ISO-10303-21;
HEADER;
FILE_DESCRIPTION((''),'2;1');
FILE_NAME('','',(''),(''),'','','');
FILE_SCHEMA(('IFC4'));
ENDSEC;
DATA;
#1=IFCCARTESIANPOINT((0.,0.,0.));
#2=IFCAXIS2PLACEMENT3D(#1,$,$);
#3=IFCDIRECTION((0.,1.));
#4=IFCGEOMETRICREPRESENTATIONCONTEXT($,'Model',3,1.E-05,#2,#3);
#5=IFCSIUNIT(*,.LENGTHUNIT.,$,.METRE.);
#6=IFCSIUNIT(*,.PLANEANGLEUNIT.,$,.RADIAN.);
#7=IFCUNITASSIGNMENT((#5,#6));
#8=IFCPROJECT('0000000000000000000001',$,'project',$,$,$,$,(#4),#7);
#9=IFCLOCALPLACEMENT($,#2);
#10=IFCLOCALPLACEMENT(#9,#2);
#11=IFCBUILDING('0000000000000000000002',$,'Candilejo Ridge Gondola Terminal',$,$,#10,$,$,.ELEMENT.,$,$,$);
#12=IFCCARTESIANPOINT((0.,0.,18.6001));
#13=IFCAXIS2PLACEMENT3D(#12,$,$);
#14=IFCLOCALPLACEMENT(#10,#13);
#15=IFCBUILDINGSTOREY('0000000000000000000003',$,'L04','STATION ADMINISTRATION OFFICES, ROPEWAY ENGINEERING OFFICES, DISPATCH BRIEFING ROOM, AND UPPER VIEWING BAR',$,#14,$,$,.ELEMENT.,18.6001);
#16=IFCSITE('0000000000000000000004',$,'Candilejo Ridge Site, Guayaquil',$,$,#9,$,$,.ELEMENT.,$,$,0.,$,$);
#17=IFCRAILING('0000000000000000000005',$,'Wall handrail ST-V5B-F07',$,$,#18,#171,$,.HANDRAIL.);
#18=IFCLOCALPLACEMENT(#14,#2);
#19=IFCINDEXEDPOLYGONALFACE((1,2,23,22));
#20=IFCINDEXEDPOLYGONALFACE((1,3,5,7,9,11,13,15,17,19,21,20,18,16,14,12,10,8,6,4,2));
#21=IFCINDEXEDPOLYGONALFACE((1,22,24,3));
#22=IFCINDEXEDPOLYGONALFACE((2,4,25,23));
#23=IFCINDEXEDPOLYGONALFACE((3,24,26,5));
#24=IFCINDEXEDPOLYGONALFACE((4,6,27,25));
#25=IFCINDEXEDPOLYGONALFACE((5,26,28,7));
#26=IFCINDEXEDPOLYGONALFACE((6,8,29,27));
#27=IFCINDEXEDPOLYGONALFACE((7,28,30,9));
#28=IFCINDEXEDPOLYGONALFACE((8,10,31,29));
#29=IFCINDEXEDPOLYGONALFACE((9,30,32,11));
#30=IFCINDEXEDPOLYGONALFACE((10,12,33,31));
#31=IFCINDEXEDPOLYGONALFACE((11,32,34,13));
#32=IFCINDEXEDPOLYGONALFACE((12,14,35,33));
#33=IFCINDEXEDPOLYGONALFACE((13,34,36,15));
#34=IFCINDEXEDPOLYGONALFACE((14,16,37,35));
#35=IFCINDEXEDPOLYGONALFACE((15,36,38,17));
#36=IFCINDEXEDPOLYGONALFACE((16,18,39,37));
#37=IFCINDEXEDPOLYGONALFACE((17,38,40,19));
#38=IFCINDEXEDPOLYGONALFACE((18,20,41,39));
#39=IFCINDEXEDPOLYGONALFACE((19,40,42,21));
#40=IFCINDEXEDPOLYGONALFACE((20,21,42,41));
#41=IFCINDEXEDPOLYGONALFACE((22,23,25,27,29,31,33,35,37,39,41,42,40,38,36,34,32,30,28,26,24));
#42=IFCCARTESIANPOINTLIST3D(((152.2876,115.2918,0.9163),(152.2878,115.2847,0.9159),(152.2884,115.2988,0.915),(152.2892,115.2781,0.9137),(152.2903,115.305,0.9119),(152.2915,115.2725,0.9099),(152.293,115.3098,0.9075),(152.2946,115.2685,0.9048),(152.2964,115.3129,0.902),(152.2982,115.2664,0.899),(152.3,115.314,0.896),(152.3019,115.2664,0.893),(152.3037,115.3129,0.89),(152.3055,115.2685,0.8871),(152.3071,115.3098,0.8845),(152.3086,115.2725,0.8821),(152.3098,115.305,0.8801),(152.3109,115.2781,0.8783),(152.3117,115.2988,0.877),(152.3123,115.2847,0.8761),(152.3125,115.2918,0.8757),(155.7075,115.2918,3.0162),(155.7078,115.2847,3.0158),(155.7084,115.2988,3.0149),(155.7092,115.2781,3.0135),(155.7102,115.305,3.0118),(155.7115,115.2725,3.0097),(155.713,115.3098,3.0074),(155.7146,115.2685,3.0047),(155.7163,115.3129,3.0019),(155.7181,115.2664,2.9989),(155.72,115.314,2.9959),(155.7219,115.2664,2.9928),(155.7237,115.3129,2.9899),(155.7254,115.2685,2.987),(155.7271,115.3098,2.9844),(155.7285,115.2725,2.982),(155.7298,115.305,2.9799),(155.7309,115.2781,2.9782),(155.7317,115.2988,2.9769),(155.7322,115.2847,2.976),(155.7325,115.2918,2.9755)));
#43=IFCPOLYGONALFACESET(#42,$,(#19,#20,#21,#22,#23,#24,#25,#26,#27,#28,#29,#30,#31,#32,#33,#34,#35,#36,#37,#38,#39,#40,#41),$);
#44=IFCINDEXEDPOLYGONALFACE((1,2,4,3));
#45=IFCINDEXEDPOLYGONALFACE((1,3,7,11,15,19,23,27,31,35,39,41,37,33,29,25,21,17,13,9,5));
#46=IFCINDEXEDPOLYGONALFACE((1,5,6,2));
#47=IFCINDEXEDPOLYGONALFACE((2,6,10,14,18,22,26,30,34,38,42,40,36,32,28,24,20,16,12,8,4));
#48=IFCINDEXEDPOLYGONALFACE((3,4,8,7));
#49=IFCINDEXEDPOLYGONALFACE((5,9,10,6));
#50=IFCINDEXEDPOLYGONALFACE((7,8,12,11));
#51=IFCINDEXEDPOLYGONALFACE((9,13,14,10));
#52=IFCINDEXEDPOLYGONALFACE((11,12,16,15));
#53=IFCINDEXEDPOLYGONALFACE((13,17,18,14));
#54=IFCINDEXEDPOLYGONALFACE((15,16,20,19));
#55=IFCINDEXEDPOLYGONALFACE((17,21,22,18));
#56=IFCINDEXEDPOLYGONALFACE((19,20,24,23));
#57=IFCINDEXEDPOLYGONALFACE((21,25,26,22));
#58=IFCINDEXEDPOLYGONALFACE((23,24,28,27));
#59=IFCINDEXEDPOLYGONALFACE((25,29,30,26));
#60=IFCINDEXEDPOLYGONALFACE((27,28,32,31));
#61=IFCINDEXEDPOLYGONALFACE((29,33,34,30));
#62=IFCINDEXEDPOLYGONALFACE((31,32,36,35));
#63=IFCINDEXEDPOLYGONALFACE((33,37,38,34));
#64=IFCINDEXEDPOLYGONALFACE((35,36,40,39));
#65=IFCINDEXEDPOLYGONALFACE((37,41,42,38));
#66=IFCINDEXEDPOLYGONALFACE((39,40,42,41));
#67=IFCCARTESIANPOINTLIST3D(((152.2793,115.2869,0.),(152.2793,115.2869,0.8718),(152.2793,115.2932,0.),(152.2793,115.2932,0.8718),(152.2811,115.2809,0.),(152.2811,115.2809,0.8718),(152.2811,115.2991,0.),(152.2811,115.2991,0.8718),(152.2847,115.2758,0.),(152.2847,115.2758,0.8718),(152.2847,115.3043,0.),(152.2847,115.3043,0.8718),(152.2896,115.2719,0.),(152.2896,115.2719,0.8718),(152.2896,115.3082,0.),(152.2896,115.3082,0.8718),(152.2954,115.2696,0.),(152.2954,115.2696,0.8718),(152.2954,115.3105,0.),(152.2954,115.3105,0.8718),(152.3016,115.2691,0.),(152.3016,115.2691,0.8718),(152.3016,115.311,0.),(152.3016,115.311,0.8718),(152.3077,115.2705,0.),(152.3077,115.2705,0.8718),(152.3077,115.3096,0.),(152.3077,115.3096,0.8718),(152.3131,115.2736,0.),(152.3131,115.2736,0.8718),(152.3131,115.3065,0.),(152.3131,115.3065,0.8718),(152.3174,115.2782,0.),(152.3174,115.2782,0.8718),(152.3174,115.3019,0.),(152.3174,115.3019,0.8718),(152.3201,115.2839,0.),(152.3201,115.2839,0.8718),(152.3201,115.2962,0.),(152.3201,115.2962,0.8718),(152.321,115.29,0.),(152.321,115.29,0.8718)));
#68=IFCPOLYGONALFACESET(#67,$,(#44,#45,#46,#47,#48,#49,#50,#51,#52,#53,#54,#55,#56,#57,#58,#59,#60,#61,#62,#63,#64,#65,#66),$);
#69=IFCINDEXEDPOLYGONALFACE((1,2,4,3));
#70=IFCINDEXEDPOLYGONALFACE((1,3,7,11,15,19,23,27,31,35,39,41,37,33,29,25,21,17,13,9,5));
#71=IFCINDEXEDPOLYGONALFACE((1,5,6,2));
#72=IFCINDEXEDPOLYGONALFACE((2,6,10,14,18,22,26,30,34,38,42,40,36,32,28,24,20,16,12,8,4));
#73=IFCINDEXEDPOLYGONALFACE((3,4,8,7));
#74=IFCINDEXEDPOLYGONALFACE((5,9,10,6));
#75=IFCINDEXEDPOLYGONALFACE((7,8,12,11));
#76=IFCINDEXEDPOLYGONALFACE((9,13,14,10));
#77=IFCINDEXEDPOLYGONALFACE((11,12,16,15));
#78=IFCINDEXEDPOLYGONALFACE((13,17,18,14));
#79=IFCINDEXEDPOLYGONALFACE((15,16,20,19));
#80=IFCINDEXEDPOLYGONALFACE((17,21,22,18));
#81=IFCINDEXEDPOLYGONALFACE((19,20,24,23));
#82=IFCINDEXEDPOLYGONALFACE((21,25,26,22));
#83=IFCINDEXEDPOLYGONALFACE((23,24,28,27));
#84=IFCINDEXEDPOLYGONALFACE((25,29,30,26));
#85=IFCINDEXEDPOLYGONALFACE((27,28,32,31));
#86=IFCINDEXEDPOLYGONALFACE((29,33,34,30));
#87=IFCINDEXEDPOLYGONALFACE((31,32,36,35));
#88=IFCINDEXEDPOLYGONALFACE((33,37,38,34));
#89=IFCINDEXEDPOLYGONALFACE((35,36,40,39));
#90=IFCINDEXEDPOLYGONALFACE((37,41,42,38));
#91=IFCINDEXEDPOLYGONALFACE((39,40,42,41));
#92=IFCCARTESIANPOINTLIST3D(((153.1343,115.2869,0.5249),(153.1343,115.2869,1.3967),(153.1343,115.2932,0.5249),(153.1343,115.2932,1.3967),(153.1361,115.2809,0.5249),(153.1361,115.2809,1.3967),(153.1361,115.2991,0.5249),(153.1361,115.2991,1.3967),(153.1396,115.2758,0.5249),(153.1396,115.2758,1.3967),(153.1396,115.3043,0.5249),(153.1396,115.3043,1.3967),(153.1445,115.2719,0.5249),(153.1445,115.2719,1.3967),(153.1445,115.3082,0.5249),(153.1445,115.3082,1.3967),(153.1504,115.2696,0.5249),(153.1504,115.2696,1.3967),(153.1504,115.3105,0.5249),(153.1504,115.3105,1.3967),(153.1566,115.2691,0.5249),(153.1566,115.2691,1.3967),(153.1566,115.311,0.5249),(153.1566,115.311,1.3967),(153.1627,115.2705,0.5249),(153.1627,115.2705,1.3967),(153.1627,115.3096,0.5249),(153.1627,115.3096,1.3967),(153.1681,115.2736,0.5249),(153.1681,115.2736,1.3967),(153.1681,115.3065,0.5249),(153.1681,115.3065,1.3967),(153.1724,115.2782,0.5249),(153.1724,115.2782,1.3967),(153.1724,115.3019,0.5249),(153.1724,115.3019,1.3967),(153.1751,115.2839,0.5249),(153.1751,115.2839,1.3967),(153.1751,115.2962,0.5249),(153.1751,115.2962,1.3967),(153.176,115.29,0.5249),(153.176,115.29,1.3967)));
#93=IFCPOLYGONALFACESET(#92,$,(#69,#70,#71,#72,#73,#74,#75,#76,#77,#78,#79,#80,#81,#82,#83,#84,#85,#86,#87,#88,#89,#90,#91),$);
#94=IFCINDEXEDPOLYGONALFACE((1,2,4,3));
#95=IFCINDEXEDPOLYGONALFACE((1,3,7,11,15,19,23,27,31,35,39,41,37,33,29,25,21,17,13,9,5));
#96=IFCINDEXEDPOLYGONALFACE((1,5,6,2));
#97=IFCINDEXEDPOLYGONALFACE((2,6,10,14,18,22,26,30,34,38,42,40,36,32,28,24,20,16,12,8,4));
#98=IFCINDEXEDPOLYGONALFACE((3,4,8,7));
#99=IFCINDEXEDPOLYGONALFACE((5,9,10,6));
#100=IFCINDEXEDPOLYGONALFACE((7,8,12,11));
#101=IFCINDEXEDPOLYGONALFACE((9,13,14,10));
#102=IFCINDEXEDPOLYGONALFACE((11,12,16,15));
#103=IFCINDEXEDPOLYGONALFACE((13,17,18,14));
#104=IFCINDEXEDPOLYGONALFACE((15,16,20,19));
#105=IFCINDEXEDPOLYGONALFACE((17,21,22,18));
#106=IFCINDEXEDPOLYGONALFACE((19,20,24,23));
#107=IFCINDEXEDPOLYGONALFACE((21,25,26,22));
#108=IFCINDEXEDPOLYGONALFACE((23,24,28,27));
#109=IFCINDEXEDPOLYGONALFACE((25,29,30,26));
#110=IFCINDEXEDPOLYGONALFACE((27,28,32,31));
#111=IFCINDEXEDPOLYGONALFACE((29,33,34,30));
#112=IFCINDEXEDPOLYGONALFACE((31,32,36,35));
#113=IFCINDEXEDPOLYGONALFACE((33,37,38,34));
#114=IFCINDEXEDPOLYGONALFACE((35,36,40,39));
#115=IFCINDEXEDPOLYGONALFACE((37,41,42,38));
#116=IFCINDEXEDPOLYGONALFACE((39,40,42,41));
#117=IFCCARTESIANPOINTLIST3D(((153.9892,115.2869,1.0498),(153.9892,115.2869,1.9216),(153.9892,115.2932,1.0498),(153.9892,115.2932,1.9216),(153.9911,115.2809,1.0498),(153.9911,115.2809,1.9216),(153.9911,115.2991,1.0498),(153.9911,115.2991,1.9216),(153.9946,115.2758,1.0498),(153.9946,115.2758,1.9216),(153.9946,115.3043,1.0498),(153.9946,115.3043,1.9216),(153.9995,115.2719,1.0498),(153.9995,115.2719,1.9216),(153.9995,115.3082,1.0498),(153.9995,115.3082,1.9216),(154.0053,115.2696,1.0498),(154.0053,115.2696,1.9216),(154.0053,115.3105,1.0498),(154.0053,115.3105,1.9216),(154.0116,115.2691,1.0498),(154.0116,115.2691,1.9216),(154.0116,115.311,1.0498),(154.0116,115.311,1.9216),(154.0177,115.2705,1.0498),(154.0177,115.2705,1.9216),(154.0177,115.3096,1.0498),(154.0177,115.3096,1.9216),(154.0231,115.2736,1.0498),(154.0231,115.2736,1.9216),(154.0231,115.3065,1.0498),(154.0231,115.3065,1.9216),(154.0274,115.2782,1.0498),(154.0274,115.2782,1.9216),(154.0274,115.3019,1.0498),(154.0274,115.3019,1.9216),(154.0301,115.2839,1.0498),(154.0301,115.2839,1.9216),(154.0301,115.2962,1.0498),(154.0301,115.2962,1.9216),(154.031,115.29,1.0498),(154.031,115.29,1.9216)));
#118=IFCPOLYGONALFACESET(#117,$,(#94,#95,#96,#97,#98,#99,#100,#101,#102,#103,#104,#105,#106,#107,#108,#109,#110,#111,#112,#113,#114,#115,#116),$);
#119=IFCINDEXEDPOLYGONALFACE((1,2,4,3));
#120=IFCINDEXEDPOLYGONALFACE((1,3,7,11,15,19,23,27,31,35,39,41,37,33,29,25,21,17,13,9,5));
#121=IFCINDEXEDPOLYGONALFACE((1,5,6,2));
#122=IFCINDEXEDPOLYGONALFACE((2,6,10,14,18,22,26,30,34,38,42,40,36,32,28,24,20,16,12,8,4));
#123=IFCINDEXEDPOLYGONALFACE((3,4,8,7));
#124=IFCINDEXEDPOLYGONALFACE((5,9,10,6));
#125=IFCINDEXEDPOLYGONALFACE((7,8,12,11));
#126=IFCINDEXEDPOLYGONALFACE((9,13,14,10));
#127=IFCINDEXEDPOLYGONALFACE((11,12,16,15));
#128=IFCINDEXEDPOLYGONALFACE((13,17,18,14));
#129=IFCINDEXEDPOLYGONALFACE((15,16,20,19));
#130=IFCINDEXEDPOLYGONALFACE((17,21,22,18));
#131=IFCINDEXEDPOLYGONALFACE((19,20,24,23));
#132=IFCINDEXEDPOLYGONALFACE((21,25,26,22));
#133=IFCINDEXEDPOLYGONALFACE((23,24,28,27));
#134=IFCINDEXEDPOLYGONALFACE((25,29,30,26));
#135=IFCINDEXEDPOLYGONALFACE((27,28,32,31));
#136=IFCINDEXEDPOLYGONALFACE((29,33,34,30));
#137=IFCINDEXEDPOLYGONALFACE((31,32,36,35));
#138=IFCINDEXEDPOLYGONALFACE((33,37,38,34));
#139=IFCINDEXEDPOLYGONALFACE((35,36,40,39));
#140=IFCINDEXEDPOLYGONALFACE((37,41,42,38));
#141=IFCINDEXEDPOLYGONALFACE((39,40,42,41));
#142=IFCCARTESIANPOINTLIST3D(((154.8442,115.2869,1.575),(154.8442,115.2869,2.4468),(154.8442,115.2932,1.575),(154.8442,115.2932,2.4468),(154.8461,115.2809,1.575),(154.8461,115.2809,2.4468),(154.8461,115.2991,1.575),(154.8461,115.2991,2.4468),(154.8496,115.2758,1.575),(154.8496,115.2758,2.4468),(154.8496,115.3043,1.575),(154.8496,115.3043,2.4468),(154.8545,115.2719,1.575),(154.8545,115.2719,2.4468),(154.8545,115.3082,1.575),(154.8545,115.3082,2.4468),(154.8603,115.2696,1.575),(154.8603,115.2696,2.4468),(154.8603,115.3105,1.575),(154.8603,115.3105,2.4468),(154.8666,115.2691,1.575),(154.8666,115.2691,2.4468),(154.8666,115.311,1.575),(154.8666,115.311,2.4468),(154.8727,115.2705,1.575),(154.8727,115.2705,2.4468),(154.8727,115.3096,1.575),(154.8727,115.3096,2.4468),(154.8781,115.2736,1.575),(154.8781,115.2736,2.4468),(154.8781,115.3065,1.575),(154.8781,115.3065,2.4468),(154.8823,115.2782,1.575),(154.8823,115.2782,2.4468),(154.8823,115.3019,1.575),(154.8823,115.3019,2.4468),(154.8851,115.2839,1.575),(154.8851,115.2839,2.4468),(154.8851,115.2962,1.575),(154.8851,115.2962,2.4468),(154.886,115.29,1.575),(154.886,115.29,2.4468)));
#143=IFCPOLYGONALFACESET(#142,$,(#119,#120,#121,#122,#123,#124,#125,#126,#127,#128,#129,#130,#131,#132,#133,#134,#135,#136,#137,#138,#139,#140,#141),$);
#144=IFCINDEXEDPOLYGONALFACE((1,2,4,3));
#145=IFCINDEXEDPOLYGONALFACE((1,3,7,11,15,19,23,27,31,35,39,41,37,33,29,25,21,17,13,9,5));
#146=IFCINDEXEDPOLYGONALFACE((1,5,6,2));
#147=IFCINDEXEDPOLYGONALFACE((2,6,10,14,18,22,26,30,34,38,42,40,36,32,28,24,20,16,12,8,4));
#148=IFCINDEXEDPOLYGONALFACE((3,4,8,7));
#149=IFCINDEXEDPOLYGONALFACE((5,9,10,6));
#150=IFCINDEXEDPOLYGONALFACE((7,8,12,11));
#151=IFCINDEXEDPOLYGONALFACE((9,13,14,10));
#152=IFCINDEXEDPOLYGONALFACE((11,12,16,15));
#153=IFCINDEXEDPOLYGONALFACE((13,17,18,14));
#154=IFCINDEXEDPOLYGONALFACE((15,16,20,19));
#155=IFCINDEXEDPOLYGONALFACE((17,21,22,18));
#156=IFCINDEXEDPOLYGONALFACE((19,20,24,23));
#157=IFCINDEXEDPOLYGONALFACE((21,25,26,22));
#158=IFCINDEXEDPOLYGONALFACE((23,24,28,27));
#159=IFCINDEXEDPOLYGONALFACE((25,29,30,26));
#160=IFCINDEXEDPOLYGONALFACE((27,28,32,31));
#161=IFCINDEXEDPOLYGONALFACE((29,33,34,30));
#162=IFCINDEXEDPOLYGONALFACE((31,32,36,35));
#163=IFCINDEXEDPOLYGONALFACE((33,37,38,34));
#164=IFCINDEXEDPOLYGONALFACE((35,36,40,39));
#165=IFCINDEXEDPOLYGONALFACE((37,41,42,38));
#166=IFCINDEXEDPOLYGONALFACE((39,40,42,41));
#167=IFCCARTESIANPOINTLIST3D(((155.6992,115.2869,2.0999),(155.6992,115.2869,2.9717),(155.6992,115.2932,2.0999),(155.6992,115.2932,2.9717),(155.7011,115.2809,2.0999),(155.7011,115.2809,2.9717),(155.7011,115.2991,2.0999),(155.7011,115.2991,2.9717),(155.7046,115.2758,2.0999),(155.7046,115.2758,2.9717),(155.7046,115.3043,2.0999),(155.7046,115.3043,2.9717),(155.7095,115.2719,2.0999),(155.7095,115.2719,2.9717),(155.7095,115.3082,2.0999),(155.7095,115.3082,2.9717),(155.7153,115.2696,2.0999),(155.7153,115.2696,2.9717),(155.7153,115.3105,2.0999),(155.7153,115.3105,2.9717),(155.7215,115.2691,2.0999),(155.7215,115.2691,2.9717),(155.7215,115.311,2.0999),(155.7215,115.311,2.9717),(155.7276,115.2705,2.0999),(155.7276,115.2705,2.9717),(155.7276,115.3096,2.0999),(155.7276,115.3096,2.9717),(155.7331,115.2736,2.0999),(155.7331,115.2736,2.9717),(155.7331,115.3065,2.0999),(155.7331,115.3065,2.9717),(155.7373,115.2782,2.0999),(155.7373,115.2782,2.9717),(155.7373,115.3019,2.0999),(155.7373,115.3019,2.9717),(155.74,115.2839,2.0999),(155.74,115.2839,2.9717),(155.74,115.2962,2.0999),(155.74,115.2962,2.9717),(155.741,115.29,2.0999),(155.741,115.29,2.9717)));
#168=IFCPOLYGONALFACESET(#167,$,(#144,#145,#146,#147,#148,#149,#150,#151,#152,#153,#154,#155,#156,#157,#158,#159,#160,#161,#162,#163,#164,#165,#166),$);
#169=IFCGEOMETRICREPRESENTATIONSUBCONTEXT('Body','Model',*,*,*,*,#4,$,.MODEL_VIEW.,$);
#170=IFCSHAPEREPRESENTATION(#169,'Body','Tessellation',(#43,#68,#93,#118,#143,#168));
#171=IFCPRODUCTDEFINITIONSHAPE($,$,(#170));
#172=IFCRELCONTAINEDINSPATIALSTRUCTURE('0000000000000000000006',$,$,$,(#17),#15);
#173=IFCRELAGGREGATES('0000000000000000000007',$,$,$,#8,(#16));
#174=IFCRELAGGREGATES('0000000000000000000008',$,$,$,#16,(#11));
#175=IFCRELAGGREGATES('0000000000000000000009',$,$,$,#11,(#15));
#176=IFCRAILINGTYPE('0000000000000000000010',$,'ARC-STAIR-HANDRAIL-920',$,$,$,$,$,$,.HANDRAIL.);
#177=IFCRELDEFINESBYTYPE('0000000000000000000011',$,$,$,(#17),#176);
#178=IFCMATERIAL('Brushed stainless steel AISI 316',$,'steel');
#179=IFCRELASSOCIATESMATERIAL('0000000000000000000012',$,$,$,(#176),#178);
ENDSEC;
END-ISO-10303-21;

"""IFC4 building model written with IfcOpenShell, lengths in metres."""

from ifc_helpers import new_model, si_unit, direction, frame, origin, origin_2d, place, context, subcontext, project, spatial, circle, extrude, material, type_object, element, save


model = new_model("IFC4")

# Units and contexts
model_context = context("Model", 3, precision=1e-05, world=origin(), true_north=direction((0.0, 1.0)))
body_context = subcontext(model_context, "Body", "Model", "MODEL_VIEW")
ifc_project = project(units=[si_unit("LENGTHUNIT", "METRE"), si_unit("PLANEANGLEUNIT", "RADIAN")], contexts=[model_context])

# Site, building, storey
site_placement = place(None, origin())
site = spatial("IfcSite", under=ifc_project, at=site_placement, Name="Candilejo Ridge Site, Guayaquil", CompositionType="ELEMENT", RefElevation=0.0)
building_placement = place(site_placement, origin())
building = spatial("IfcBuilding", under=site, at=building_placement, Name="Candilejo Ridge Gondola Terminal", CompositionType="ELEMENT")
storey_placement = place(building_placement, frame((0.0, 0.0, 18.6001)))
storey = spatial("IfcBuildingStorey", under=building, at=storey_placement, Name="L04", Description="STATION ADMINISTRATION OFFICES, ROPEWAY ENGINEERING OFFICES, DISPATCH BRIEFING ROOM, AND UPPER VIEWING BAR", CompositionType="ELEMENT", Elevation=18.6001)

# Railing
ifc_material_1 = material(Name="Brushed stainless steel AISI 316", Category="steel")
railing_type_1 = type_object("IfcRailingType", Name="ARC-STAIR-HANDRAIL-920", PredefinedType="HANDRAIL", material=ifc_material_1)
railing_1_placement = place(storey_placement, frame((152.3, 115.29, 0.0)))
element("IfcRailing", 1, at=railing_1_placement, inside=storey, type_object=railing_type_1, Name="Wall handrail ST-V5B-F07", PredefinedType="HANDRAIL", context=body_context, shape_type="SweptSolid", body=[
    extrude(circle(Radius=0.0239, at=origin_2d()), frame((0.0, 0.0, 0.896), z_axis=(0.852182, 0.0, 0.523245), x_axis=(0.0, 1.0, 0.0)), (0.0, 0.0, 1.0), 4.0132),
    extrude(circle(Radius=0.021, at=origin_2d()), origin(), (0.0, 0.0, 1.0), 0.8718),
    extrude(circle(Radius=0.021, at=origin_2d()), frame((0.855, 0.0, 0.5249)), (0.0, 0.0, 1.0), 0.8718),
    extrude(circle(Radius=0.021, at=origin_2d()), frame((1.71, 0.0, 1.0498)), (0.0, 0.0, 1.0), 0.8718),
    extrude(circle(Radius=0.021, at=origin_2d()), frame((2.5649, 0.0, 1.575)), (0.0, 0.0, 1.0), 0.8718),
    extrude(circle(Radius=0.021, at=origin_2d()), frame((3.4199, 0.0, 2.0999)), (0.0, 0.0, 1.0), 0.8718),
])

save(model, "model.ifc")
